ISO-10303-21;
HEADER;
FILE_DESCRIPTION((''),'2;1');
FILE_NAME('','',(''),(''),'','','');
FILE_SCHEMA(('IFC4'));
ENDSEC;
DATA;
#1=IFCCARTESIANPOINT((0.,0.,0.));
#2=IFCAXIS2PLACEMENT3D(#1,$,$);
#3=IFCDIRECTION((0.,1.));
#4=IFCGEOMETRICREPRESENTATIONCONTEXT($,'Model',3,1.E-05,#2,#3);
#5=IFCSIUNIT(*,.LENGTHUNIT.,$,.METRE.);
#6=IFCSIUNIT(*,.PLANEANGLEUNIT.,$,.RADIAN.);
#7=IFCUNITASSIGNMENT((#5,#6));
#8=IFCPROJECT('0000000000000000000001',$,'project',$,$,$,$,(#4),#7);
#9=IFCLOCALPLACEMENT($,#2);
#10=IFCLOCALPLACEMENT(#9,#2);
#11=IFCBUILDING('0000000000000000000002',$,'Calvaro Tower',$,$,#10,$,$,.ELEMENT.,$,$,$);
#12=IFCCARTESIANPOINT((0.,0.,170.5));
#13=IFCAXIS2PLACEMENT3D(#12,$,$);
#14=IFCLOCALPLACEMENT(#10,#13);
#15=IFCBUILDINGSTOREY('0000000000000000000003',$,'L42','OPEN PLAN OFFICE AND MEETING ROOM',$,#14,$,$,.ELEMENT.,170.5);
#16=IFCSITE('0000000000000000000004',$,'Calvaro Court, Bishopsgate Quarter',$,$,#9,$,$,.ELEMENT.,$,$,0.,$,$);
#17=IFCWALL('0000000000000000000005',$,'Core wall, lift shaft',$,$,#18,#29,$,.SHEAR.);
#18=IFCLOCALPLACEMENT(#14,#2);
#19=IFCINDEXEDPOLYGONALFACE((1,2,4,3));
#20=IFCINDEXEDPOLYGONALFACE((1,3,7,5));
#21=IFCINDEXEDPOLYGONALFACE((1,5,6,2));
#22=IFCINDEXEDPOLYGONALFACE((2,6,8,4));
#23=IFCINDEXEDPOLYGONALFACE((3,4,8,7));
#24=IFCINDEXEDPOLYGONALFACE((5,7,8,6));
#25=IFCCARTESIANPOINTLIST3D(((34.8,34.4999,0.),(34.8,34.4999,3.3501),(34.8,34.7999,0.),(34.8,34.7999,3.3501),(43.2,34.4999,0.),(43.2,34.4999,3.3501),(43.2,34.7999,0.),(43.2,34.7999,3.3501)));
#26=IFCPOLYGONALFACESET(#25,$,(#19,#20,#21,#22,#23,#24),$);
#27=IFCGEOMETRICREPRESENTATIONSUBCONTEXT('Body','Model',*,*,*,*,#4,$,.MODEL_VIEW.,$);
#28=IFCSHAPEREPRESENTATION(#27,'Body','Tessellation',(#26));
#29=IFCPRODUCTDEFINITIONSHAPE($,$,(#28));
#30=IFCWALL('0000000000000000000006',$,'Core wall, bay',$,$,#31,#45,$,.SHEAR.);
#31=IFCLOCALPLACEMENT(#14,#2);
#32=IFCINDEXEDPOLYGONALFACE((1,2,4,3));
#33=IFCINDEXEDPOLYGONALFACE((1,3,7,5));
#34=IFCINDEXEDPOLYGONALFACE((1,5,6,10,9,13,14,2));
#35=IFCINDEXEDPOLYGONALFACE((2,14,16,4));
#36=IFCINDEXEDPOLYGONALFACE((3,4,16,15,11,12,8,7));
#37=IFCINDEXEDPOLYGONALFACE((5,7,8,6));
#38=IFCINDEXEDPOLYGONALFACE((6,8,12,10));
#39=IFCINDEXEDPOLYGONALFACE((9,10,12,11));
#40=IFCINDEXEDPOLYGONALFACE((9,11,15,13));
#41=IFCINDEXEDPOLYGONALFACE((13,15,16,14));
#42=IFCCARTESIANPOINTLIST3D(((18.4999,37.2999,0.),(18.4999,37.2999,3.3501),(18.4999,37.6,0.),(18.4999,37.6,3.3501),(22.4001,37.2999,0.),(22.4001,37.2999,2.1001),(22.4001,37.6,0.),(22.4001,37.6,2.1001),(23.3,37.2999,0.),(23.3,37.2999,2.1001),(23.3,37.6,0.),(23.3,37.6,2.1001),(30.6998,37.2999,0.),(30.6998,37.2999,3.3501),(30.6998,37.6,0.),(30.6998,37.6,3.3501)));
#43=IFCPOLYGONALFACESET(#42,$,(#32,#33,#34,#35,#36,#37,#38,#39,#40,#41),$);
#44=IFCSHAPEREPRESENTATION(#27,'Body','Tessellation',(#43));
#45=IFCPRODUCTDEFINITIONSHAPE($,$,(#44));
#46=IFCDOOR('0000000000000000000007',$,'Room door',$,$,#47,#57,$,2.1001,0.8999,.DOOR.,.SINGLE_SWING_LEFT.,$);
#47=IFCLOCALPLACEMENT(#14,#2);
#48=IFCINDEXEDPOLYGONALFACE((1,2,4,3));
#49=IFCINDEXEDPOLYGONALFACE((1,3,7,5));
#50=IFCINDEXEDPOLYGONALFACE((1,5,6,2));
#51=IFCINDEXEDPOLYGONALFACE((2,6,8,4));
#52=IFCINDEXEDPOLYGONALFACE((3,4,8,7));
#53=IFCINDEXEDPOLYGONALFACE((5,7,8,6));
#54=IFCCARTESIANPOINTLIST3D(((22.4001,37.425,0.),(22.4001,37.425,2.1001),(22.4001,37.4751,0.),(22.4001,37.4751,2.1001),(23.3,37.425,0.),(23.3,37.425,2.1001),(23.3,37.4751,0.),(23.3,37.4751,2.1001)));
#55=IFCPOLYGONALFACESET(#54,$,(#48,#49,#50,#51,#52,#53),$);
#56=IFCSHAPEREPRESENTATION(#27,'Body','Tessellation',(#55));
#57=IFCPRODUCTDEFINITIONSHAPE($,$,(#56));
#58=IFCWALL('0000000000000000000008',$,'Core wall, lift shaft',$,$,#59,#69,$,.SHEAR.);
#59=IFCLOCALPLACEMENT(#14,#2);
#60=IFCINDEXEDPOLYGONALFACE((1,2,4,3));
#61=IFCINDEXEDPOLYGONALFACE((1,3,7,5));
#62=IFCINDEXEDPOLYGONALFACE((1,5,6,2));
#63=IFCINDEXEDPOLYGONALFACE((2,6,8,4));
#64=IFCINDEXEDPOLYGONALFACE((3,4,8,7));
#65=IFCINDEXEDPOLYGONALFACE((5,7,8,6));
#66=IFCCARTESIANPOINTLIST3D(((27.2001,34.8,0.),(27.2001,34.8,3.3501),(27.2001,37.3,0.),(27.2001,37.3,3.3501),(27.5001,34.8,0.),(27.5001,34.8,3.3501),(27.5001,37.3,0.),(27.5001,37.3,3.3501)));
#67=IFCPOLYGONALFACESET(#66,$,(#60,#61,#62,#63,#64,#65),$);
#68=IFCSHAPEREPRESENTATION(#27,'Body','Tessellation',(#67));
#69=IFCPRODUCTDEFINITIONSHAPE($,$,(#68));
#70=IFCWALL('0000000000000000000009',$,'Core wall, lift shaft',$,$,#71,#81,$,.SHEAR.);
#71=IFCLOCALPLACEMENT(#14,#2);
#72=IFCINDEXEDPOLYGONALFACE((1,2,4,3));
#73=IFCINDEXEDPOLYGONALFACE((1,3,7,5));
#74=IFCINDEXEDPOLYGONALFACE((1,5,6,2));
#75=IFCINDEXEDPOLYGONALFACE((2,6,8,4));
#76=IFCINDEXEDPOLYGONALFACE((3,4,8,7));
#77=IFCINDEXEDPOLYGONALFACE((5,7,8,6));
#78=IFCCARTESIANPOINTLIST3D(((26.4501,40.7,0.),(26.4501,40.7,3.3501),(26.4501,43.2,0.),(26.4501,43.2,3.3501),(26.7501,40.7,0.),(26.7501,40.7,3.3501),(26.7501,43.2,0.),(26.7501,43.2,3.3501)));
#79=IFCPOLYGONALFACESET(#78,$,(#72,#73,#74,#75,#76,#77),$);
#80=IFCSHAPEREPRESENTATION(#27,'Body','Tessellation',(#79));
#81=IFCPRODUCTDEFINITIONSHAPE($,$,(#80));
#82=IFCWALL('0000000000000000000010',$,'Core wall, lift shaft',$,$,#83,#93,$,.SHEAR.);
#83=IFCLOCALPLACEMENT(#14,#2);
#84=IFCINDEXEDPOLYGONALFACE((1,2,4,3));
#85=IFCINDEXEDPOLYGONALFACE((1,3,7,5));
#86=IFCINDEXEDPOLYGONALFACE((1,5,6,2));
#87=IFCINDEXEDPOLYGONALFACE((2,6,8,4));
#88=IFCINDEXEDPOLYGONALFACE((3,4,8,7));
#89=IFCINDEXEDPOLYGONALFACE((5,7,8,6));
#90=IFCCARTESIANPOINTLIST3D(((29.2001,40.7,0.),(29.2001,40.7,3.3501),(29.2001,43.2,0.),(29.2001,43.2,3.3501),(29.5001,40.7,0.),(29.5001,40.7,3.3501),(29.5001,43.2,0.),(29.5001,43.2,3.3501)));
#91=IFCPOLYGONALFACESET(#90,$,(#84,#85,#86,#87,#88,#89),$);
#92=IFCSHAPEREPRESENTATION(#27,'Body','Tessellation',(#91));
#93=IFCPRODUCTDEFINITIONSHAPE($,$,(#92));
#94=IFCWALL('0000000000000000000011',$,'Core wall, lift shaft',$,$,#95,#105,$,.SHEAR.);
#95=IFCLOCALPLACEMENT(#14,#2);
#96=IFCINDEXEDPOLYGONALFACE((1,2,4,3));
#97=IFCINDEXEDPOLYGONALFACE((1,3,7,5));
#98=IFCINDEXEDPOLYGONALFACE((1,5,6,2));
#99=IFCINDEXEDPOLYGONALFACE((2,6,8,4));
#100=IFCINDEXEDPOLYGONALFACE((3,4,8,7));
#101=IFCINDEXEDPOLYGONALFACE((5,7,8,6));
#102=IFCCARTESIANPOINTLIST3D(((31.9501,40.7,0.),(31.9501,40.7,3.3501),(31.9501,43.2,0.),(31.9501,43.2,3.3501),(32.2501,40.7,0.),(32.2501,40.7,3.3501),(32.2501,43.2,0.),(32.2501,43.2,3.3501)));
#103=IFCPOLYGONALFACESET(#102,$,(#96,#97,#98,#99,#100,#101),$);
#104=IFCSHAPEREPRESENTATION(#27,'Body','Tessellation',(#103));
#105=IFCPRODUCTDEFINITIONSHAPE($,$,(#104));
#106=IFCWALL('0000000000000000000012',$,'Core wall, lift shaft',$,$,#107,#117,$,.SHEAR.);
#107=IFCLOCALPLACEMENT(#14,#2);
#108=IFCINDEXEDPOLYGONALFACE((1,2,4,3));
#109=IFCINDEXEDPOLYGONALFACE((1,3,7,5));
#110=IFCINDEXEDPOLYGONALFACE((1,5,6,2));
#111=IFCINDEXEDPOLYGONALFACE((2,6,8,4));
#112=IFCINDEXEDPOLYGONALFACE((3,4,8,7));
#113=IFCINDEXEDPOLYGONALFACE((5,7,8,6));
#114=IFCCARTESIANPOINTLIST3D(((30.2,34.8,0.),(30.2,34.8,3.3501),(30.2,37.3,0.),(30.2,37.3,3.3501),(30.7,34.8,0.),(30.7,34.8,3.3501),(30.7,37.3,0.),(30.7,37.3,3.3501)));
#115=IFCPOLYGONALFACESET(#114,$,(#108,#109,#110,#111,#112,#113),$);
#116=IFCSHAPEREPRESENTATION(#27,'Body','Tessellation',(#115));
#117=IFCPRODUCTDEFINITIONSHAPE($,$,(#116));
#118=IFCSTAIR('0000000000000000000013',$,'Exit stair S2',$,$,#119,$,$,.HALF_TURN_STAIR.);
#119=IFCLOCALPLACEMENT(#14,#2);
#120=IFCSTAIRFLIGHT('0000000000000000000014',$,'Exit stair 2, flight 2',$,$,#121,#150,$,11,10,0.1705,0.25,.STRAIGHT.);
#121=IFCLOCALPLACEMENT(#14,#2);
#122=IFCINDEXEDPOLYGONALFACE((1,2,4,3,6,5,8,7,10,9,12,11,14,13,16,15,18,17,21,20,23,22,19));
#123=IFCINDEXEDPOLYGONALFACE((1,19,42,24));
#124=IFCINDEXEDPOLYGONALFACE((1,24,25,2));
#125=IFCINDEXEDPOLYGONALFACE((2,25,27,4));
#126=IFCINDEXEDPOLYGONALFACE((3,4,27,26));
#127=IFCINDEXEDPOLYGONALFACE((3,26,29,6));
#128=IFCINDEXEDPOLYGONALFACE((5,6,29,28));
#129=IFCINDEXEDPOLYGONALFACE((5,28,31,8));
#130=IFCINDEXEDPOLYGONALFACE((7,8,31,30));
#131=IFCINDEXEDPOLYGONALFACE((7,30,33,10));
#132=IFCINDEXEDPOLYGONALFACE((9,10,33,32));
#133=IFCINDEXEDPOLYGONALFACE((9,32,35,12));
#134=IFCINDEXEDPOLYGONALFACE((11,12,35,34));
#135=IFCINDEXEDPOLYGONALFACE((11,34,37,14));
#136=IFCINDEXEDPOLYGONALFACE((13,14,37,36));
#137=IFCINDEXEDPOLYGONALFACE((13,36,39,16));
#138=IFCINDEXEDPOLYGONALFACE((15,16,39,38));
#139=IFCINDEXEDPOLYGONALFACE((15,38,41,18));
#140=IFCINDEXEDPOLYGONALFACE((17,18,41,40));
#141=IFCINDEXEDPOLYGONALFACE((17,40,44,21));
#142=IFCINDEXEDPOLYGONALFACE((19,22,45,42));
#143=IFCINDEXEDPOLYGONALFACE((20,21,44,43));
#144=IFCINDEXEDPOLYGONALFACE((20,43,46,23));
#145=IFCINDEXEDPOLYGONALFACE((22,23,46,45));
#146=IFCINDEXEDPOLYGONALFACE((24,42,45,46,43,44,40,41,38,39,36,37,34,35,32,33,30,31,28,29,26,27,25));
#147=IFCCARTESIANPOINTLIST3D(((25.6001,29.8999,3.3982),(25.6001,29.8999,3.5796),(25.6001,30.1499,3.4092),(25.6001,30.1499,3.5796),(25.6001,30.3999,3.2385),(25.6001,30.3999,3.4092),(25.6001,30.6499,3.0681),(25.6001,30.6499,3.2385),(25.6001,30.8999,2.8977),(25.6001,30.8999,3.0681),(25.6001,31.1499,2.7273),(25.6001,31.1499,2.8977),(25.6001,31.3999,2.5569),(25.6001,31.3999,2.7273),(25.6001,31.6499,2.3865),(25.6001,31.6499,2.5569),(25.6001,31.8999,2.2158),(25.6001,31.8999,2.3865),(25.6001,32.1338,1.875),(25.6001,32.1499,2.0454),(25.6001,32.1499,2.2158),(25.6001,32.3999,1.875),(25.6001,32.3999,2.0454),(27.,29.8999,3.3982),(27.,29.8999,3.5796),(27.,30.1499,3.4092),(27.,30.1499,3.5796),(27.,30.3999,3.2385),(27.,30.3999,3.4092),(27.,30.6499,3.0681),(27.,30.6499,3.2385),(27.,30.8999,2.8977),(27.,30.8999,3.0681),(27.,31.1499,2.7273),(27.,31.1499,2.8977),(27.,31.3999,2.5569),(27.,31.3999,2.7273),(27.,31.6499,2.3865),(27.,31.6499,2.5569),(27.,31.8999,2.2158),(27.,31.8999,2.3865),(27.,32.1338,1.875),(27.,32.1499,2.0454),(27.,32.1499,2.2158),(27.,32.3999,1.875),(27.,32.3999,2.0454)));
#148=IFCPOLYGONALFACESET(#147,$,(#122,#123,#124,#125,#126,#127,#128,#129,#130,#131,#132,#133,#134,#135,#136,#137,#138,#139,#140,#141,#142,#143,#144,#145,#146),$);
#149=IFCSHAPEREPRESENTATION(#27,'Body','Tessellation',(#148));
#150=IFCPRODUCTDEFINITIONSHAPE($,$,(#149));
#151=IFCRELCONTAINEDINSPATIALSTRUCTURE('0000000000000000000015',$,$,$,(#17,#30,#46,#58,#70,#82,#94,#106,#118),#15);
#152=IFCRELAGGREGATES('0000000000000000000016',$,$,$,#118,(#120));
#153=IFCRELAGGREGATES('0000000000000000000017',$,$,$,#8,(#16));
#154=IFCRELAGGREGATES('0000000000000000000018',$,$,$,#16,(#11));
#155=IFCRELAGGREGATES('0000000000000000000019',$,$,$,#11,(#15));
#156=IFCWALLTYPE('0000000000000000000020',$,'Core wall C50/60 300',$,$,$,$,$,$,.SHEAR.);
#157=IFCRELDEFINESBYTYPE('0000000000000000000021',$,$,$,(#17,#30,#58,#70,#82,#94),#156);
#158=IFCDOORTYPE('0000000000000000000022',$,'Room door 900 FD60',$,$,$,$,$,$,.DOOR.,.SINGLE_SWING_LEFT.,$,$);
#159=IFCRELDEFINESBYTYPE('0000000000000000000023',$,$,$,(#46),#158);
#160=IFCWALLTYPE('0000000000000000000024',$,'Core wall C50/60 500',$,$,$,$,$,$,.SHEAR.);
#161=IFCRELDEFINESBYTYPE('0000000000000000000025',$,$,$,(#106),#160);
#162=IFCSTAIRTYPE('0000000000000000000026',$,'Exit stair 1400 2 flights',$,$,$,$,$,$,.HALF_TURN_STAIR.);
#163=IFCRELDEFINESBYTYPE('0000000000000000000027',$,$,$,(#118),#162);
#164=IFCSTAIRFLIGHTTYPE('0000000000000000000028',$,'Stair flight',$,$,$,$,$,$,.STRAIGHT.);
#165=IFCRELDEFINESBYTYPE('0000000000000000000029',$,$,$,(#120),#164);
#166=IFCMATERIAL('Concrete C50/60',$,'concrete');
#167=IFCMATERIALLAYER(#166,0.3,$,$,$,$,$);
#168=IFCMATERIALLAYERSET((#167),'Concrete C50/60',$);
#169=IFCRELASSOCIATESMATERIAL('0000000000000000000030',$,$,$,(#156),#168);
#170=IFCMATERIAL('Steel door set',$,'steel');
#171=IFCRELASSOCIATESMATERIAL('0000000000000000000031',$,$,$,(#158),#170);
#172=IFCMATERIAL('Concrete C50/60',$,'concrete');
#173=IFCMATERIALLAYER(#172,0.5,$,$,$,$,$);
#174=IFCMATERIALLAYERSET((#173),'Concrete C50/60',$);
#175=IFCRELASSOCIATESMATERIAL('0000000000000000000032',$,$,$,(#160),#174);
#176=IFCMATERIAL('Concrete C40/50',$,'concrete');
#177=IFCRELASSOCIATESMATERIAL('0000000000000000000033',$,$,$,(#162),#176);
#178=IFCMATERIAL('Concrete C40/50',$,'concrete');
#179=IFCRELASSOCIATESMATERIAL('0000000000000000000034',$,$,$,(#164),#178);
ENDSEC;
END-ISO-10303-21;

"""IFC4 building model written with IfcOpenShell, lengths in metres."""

from ifc_helpers import new_model, si_unit, direction, frame, frame_2d, origin, place, context, subcontext, project, spatial, polyline, rectangle, outline, extrude, material, layer, layer_set, type_object, element, fill, aggregate, save


model = new_model("IFC4")

# Units and contexts
model_context = context("Model", 3, precision=1e-05, world=origin(), true_north=direction((0.0, 1.0)))
body_context = subcontext(model_context, "Body", "Model", "MODEL_VIEW")
ifc_project = project(units=[si_unit("LENGTHUNIT", "METRE"), si_unit("PLANEANGLEUNIT", "RADIAN")], contexts=[model_context])

# Site, building, storey
site_placement = place(None, origin())
site = spatial("IfcSite", under=ifc_project, at=site_placement, Name="Calvaro Court, Bishopsgate Quarter", CompositionType="ELEMENT", RefElevation=0.0)
building_placement = place(site_placement, origin())
building = spatial("IfcBuilding", under=site, at=building_placement, Name="Calvaro Tower", CompositionType="ELEMENT")
storey_placement = place(building_placement, frame((0.0, 0.0, 170.5)))
storey = spatial("IfcBuildingStorey", under=building, at=storey_placement, Name="L42", Description="OPEN PLAN OFFICE AND MEETING ROOM", CompositionType="ELEMENT", Elevation=170.5)

# Wall
ifc_material_1 = material(Name="Concrete C50/60", Category="concrete")
ifc_layer_1 = layer(ifc_material_1, 0.3)
ifc_layer_set_1 = layer_set([ifc_layer_1], Name="Concrete C50/60")
wall_type_1 = type_object("IfcWallType", Name="Core wall C50/60 300", PredefinedType="SHEAR", material=ifc_layer_set_1)
wall_1_placement = place(storey_placement, frame((34.8, 34.6499, 0.0), z_axis=(0.0, 0.0, 1.0), x_axis=(1.0, 0.0, 0.0)))
element("IfcWall", 1, at=wall_1_placement, inside=storey, type_object=wall_type_1, Name="Core wall, lift shaft", PredefinedType="SHEAR", context=body_context, shape_type="SweptSolid", body=[
    extrude(rectangle(XDim=8.3999, YDim=0.3, at=frame_2d((4.2, 0.0))), origin(), (0.0, 0.0, 1.0), 3.3501),
])

# Wall, opening, door
wall_2_placement = place(storey_placement, frame((30.7, 37.45, 0.0), z_axis=(0.0, 0.0, 1.0), x_axis=(-1.0, 0.0, 0.0)))
wall_2 = element("IfcWall", 2, at=wall_2_placement, inside=storey, type_object=wall_type_1, Name="Core wall, bay", PredefinedType="SHEAR", context=body_context, shape_type="SweptSolid", body=[
    extrude(rectangle(XDim=12.2, YDim=0.3, at=frame_2d((6.1001, 0.0))), origin(), (0.0, 0.0, 1.0), 3.3501),
])
opening_placement = place(wall_2_placement, frame((7.3999, 0.0, 0.0)))
opening = element("IfcOpeningElement", 3, at=opening_placement, cuts=wall_2, PredefinedType="OPENING", context=body_context, shape_type="SweptSolid", body=[
    extrude(rectangle(XDim=0.8999, YDim=2.1001, at=frame_2d((0.45, 1.05))), frame((0.0, 0.1599, 0.0), z_axis=(0.0, -1.0, 0.0), x_axis=(1.0, 0.0, 0.0)), (0.0, 0.0, 1.0), 0.3201),
])
ifc_material_2 = material(Name="Steel door set", Category="steel")
door_type = type_object("IfcDoorType", Name="Room door 900 FD60", OperationType="SINGLE_SWING_LEFT", PredefinedType="DOOR", material=ifc_material_2)
door_placement = place(opening_placement, origin())
door = element("IfcDoor", 4, at=door_placement, inside=storey, type_object=door_type, Name="Room door", OperationType="SINGLE_SWING_LEFT", OverallHeight=2.1001, OverallWidth=0.8999, PredefinedType="DOOR", context=body_context, shape_type="SweptSolid", body=[
    extrude(rectangle(XDim=0.8999, YDim=2.1001, at=frame_2d((0.45, 1.05))), frame((0.0, 0.0249, 0.0), z_axis=(0.0, -1.0, 0.0), x_axis=(1.0, 0.0, 0.0)), (0.0, 0.0, 1.0), 0.05),
])
fill(opening, door)

# Walls
for number, where, z_axis, x_axis, name in (
    (5, (27.3501, 34.8, 0.0), (0.0, 0.0, 1.0), (0.0, 1.0, 0.0), "Core wall, lift shaft"),
    (6, (26.6001, 40.7, 0.0), (0.0, 0.0, 1.0), (0.0, 1.0, 0.0), "Core wall, lift shaft"),
    (7, (29.3501, 40.7, 0.0), (0.0, 0.0, 1.0), (0.0, 1.0, 0.0), "Core wall, lift shaft"),
    (8, (32.1001, 40.7, 0.0), (0.0, 0.0, 1.0), (0.0, 1.0, 0.0), "Core wall, lift shaft"),
):
    element("IfcWall", number, at=place(storey_placement, frame(where, z_axis=z_axis, x_axis=x_axis)), inside=storey, type_object=wall_type_1, Name=name, PredefinedType="SHEAR", context=body_context, shape_type="SweptSolid", body=[
        extrude(rectangle(XDim=2.5, YDim=0.3, at=frame_2d((1.25, 0.0))), origin(), (0.0, 0.0, 1.0), 3.3501),
    ])
ifc_material_3 = material(Name="Concrete C50/60", Category="concrete")
ifc_layer_2 = layer(ifc_material_3, 0.5)
ifc_layer_set_2 = layer_set([ifc_layer_2], Name="Concrete C50/60")
wall_type_2 = type_object("IfcWallType", Name="Core wall C50/60 500", PredefinedType="SHEAR", material=ifc_layer_set_2)
wall_3_placement = place(storey_placement, frame((30.45, 34.8, 0.0), z_axis=(0.0, 0.0, 1.0), x_axis=(0.0, 1.0, 0.0)))
element("IfcWall", 9, at=wall_3_placement, inside=storey, type_object=wall_type_2, Name="Core wall, lift shaft", PredefinedType="SHEAR", context=body_context, shape_type="SweptSolid", body=[
    extrude(rectangle(XDim=2.5, YDim=0.5, at=frame_2d((1.25, 0.0))), origin(), (0.0, 0.0, 1.0), 3.3501),
])

# Stair, stair flight
ifc_material_4 = material(Name="Concrete C40/50", Category="concrete")
stair_type = type_object("IfcStairType", Name="Exit stair 1400 2 flights", PredefinedType="HALF_TURN_STAIR", material=ifc_material_4)
stair_placement = place(storey_placement, origin())
stair = element("IfcStair", 10, at=stair_placement, inside=storey, type_object=stair_type, Name="Exit stair S2", PredefinedType="HALF_TURN_STAIR")
ifc_material_5 = material(Name="Concrete C40/50", Category="concrete")
stair_flight_type = type_object("IfcStairFlightType", Name="Stair flight", PredefinedType="STRAIGHT", material=ifc_material_5)
stair_flight_placement = place(storey_placement, frame((26.3, 32.3999, 1.875), z_axis=(0.0, 0.0, 1.0), x_axis=(0.0, -1.0, 0.0)))
stair_flight = element("IfcStairFlight", 11, at=stair_flight_placement, type_object=stair_flight_type, Name="Exit stair 2, flight 2", NumberOfRisers=11, NumberOfTreads=10, PredefinedType="STRAIGHT", RiserHeight=0.1705, TreadLength=0.25, context=body_context, shape_type="SweptSolid", body=[
    extrude(outline(polyline([(0.0, 0.0), (0.0, 0.1704), (0.25, 0.1704), (0.25, 0.3408), (0.5, 0.3408), (0.5, 0.5115), (0.75, 0.5115), (0.75, 0.6819), (1.0, 0.6819), (1.0, 0.8523), (1.25, 0.8523), (1.25, 1.0227), (1.5, 1.0227), (1.5, 1.1931), (1.75, 1.1931), (1.75, 1.3635), (2.0, 1.3635), (2.0, 1.5342), (2.25, 1.5342), (2.25, 1.7046), (2.5, 1.7046), (2.5, 1.875), (2.5, 1.5232), (0.2661, 0.0), (0.0, 0.0)])), frame((0.0, 0.7, 0.0), z_axis=(0.0, -1.0, 0.0), x_axis=(1.0, 0.0, 0.0)), (0.0, 0.0, 1.0), 1.3999),
])
aggregate(stair, [stair_flight])

save(model, "model.ifc")
